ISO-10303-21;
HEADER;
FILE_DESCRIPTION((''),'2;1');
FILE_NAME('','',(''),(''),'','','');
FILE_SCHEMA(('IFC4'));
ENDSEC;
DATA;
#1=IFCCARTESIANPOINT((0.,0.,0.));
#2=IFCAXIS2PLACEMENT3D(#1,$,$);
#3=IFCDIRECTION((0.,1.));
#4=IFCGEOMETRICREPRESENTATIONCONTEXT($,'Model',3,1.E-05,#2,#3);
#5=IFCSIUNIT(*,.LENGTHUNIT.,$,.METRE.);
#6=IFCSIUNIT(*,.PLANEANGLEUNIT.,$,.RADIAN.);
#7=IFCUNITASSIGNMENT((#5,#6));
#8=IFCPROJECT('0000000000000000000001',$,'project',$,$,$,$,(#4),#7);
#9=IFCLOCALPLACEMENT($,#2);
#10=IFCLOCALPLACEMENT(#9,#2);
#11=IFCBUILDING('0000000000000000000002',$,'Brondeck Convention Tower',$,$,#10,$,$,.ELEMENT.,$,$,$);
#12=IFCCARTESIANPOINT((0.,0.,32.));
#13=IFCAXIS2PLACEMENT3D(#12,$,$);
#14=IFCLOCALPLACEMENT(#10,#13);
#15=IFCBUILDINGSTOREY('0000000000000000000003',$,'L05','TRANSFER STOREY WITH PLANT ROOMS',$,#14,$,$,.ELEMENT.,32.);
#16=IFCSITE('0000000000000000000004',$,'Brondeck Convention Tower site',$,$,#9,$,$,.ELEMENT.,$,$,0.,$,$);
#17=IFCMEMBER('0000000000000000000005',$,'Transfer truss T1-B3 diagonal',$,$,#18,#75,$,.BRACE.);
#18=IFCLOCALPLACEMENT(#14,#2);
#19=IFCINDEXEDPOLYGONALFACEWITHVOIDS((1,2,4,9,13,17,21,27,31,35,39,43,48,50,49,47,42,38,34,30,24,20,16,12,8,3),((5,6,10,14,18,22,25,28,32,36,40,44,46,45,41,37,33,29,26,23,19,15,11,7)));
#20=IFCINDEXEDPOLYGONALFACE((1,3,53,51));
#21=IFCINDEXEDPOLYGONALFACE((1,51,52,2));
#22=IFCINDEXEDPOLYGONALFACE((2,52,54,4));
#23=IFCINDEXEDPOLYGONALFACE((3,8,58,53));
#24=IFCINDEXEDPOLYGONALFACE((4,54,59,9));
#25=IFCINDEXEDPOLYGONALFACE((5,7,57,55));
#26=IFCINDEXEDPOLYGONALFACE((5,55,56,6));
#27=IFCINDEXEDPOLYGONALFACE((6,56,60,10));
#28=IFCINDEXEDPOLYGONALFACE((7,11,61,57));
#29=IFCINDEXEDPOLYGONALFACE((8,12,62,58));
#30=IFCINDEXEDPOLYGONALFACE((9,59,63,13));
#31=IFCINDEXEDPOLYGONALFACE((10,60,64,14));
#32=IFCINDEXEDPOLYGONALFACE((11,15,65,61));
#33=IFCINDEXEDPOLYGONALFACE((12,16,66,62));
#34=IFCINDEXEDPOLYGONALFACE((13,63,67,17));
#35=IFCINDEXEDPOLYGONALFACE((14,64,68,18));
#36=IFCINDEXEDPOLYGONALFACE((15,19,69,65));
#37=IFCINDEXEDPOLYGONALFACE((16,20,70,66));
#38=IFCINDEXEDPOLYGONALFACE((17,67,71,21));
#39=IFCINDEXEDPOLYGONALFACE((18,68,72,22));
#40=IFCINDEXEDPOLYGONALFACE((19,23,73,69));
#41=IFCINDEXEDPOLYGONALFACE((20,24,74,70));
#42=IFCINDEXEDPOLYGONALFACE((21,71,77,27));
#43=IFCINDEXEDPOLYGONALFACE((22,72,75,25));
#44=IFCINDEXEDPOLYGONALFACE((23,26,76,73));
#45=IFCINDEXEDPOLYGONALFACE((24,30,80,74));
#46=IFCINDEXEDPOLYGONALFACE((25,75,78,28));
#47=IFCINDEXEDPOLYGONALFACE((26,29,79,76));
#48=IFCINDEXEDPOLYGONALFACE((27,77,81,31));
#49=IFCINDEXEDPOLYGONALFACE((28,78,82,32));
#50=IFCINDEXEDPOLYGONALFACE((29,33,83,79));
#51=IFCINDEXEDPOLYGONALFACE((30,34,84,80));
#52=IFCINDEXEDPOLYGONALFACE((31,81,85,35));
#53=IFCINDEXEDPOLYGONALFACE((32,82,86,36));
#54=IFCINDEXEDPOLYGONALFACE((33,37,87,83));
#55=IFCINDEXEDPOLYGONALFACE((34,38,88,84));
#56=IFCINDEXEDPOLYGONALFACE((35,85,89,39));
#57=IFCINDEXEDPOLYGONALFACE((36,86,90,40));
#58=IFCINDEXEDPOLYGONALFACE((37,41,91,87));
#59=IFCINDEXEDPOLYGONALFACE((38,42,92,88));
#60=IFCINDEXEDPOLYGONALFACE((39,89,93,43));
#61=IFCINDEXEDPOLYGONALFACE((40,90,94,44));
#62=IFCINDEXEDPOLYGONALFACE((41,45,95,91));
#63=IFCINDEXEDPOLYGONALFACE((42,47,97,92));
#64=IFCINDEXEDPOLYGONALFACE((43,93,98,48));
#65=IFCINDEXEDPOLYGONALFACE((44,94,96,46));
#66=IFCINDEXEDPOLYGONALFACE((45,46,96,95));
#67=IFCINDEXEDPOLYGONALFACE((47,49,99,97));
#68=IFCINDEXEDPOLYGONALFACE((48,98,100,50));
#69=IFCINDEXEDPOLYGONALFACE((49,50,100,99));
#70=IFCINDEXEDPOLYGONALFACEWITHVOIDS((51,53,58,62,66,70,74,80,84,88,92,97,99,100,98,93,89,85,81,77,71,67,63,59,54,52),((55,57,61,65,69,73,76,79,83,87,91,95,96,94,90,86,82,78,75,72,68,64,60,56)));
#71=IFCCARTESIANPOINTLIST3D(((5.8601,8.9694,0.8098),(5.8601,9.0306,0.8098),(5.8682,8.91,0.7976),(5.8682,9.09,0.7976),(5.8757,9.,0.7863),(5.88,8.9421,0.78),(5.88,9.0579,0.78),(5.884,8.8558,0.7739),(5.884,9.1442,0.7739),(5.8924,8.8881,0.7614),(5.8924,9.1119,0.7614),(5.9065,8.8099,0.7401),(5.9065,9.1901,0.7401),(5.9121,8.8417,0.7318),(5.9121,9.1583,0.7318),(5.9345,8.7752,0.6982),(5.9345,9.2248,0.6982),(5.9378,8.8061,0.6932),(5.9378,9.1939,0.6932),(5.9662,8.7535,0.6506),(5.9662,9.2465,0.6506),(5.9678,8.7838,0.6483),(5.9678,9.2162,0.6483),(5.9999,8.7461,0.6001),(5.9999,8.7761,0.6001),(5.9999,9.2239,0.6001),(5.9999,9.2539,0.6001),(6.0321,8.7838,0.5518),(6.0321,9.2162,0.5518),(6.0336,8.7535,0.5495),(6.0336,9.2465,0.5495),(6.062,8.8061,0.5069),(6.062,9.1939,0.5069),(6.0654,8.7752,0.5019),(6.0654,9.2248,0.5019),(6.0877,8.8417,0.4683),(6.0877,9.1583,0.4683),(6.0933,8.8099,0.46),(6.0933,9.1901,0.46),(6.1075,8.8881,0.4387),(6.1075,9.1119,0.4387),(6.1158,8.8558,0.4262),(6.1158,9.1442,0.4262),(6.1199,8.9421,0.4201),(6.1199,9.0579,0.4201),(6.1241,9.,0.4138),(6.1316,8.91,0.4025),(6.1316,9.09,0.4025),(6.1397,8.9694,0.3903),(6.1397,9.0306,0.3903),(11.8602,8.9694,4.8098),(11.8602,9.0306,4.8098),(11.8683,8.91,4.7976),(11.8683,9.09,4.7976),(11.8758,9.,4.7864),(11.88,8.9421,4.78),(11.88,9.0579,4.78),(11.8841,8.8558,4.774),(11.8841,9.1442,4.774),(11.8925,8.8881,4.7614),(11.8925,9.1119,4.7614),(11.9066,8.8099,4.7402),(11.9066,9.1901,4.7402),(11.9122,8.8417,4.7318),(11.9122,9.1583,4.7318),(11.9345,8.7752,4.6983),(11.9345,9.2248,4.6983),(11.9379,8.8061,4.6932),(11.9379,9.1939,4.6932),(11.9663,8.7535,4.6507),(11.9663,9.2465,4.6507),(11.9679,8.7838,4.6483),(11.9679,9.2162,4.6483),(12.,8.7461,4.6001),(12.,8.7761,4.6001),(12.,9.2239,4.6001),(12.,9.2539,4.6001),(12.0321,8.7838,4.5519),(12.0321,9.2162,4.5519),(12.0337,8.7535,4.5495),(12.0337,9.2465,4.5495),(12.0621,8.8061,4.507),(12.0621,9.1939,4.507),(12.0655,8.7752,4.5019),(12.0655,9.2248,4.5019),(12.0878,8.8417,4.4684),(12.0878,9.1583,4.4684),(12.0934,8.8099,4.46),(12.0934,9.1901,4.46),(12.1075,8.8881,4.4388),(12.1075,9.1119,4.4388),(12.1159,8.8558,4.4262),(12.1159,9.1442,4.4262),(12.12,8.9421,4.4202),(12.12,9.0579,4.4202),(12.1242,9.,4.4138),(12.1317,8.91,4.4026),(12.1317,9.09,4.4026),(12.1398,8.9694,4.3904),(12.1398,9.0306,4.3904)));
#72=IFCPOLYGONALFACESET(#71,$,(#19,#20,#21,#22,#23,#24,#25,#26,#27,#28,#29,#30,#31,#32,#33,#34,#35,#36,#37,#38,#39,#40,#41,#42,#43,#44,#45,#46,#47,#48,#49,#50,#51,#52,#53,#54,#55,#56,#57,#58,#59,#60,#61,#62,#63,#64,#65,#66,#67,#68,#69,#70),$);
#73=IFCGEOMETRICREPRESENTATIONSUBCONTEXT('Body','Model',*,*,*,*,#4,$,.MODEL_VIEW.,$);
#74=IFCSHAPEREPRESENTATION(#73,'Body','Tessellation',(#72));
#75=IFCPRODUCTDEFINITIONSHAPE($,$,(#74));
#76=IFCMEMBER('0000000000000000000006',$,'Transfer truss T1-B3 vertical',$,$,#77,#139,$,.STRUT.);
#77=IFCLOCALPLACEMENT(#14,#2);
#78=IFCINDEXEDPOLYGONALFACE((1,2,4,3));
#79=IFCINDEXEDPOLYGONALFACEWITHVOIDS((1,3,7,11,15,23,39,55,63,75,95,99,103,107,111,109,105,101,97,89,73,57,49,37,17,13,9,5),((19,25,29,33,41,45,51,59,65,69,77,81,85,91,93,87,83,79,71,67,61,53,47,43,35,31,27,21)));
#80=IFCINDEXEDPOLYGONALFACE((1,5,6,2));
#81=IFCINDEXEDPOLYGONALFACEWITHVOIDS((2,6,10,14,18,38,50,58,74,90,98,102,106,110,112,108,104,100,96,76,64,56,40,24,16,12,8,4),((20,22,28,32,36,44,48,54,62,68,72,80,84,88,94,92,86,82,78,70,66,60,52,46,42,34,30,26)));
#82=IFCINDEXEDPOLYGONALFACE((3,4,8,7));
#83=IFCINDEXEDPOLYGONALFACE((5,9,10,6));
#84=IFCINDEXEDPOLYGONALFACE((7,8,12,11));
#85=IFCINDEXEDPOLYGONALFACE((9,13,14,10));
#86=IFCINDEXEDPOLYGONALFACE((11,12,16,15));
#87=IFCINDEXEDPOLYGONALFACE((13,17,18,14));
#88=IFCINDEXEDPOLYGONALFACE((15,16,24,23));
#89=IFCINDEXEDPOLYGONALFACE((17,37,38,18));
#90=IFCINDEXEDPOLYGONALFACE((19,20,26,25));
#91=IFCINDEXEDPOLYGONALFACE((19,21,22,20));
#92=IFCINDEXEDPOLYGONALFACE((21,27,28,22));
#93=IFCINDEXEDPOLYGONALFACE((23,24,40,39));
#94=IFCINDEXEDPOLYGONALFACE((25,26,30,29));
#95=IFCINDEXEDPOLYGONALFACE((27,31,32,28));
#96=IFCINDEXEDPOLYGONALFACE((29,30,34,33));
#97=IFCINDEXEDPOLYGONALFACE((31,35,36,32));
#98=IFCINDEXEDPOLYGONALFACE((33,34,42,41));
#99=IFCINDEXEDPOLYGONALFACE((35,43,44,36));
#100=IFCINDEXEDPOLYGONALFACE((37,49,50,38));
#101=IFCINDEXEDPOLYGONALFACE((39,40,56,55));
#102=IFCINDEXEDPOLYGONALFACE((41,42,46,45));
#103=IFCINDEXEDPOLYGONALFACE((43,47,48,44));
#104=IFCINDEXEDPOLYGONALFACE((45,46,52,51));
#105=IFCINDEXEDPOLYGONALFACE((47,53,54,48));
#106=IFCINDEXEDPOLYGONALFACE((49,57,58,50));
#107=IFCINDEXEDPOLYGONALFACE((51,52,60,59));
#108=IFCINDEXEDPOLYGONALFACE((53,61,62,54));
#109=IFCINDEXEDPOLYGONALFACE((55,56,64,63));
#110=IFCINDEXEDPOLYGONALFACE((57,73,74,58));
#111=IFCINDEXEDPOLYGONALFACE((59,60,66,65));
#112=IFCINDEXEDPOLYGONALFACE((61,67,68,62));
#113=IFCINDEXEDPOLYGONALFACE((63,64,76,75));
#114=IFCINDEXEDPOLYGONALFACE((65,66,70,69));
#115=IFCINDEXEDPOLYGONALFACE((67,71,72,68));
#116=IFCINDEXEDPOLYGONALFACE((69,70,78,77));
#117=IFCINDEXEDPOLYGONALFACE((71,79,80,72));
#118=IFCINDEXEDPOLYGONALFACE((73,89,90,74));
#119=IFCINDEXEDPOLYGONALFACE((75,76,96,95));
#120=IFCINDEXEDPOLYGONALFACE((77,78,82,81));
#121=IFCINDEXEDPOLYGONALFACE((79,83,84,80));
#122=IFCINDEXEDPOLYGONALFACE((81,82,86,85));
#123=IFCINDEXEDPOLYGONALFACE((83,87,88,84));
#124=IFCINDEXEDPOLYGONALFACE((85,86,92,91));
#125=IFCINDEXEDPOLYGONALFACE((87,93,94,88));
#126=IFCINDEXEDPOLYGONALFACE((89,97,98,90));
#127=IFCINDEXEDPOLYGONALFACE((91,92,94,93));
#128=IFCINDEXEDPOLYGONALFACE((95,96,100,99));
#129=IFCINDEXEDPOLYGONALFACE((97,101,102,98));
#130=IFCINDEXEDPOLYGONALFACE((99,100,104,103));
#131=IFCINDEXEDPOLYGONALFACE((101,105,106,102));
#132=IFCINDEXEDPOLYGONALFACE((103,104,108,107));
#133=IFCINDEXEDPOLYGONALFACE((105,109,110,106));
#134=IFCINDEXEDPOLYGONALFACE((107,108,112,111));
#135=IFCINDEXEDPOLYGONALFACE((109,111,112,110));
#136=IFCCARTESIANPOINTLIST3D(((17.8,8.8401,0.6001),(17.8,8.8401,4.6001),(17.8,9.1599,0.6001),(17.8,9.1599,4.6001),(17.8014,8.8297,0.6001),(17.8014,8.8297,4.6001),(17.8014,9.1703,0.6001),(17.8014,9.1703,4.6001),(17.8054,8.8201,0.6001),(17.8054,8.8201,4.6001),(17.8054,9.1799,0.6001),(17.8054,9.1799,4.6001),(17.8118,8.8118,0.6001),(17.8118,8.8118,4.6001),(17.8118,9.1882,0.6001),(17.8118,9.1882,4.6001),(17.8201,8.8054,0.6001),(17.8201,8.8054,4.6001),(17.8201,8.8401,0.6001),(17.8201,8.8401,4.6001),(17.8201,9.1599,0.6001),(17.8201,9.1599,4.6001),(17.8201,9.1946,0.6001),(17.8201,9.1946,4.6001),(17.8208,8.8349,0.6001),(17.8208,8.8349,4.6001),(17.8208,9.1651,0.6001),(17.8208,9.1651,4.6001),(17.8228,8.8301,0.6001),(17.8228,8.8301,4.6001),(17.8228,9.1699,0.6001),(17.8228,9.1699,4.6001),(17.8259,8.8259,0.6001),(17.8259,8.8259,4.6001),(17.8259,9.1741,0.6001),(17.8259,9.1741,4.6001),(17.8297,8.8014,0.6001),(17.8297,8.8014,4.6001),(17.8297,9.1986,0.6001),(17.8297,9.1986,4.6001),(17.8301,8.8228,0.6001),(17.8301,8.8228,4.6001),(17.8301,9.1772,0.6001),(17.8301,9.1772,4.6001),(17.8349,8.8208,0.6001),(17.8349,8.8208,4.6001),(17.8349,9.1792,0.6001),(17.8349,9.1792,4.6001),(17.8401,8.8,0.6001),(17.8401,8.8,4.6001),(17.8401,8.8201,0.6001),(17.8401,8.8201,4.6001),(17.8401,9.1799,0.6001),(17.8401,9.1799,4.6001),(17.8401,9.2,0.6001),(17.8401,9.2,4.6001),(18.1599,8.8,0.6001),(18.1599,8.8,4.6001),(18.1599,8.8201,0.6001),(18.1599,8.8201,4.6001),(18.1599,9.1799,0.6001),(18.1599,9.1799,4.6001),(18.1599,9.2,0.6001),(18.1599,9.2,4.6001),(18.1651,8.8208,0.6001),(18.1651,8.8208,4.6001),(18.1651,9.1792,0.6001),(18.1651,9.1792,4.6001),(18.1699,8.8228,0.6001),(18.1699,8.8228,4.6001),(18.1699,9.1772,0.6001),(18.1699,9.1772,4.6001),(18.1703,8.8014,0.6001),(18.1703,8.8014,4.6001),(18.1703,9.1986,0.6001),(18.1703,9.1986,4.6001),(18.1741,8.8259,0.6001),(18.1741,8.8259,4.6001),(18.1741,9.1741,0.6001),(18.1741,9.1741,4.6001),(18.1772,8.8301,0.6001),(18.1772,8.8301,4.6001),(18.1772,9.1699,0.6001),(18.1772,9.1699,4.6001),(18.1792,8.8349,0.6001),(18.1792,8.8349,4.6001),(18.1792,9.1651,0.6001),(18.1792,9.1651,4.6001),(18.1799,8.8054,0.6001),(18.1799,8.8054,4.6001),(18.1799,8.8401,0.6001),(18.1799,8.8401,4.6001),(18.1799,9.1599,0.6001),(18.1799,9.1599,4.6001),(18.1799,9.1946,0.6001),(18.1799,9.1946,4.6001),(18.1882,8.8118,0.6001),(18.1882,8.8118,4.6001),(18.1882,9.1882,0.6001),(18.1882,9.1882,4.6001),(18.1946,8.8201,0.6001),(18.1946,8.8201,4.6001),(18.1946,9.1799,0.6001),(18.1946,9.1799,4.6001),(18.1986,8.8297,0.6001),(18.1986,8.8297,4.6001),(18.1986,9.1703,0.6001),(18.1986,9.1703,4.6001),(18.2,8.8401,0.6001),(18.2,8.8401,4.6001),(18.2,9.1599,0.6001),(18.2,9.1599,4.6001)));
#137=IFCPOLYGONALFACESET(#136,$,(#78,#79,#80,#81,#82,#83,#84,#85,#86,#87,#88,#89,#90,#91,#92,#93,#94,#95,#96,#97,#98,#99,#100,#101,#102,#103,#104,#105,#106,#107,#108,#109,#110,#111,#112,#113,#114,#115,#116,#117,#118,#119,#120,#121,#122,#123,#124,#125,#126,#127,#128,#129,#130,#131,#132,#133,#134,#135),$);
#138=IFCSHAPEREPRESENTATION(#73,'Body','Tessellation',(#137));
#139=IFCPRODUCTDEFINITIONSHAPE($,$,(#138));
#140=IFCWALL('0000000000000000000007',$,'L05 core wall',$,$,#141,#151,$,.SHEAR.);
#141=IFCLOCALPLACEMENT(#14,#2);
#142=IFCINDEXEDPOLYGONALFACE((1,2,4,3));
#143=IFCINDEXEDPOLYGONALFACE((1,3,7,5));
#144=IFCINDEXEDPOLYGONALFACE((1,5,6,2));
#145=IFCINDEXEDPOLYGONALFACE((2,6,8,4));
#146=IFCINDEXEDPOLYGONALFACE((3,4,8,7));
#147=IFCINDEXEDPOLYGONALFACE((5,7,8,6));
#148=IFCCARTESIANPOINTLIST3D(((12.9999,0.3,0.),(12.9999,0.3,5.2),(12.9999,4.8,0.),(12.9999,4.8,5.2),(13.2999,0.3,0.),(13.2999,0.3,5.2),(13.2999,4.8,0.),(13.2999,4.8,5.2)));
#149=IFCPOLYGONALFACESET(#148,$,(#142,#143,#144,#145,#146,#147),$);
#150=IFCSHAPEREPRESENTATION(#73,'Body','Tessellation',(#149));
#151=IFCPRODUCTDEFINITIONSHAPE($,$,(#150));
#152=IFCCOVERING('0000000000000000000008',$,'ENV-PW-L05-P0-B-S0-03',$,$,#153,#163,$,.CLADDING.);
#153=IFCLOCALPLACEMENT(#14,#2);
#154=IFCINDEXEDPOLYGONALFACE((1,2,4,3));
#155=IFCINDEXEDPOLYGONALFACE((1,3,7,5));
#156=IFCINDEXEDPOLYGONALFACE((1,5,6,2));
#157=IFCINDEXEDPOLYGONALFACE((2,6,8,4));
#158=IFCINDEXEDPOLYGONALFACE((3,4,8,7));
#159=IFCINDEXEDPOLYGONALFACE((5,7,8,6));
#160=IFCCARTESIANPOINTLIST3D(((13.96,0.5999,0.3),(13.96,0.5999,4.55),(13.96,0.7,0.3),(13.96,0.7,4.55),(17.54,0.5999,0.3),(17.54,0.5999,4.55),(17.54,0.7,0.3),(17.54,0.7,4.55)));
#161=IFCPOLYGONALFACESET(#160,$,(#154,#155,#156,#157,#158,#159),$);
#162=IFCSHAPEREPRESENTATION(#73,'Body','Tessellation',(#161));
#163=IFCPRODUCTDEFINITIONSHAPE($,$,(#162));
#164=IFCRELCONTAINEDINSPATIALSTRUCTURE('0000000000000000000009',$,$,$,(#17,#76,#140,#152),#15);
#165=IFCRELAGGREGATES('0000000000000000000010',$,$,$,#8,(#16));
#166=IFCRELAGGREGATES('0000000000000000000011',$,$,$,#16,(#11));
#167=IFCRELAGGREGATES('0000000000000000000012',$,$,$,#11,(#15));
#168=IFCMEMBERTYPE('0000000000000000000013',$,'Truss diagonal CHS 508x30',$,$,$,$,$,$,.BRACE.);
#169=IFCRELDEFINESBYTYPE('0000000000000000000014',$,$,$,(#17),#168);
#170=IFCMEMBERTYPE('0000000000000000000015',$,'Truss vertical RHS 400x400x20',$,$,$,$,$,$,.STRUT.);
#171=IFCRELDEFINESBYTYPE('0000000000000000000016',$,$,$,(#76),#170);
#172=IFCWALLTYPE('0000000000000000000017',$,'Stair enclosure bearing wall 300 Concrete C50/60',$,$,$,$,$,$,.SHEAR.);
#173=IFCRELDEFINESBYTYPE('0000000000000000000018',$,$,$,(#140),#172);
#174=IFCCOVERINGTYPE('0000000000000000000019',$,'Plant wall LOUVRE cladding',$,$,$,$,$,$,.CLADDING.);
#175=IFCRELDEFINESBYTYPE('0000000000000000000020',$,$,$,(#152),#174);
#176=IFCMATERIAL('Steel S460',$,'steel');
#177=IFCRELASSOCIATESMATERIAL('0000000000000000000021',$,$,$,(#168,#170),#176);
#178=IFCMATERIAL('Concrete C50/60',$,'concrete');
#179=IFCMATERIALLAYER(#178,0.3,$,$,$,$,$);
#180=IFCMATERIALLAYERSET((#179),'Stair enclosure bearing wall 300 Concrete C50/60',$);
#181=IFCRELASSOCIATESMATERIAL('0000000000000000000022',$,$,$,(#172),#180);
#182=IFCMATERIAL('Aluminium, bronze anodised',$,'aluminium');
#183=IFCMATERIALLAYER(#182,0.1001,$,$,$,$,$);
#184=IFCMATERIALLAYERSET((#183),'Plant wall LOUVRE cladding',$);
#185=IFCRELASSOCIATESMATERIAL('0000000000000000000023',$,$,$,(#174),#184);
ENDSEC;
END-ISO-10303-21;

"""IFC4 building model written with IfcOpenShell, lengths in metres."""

from ifc_helpers import new_model, si_unit, direction, frame, frame_2d, origin, origin_2d, place, context, subcontext, project, spatial, rectangle, hollow_rectangle, hollow_circle, extrude, material, layer, layer_set, material_profile, profile_set, type_object, element, save


model = new_model("IFC4")

# Units and contexts
model_context = context("Model", 3, precision=1e-05, world=origin(), true_north=direction((0.0, 1.0)))
body_context = subcontext(model_context, "Body", "Model", "MODEL_VIEW")
ifc_project = project(units=[si_unit("LENGTHUNIT", "METRE"), si_unit("PLANEANGLEUNIT", "RADIAN")], contexts=[model_context])

# Site, building, storey
site_placement = place(None, origin())
site = spatial("IfcSite", under=ifc_project, at=site_placement, Name="Brondeck Convention Tower site", CompositionType="ELEMENT", RefElevation=0.0)
building_placement = place(site_placement, origin())
building = spatial("IfcBuilding", under=site, at=building_placement, Name="Brondeck Convention Tower", CompositionType="ELEMENT")
storey_placement = place(building_placement, frame((0.0, 0.0, 32.0)))
storey = spatial("IfcBuildingStorey", under=building, at=storey_placement, Name="L05", Description="TRANSFER STOREY WITH PLANT ROOMS", CompositionType="ELEMENT", Elevation=32.0)

# Shared definitions
ifc_material_1 = material(Name="Steel S460", Category="steel")

# Members
ifc_material_profile_1 = material_profile(ifc_material_1, hollow_circle(Radius=0.2539, WallThickness=0.03, at=origin_2d()), Name="CHS 508x30")
ifc_profile_set_1 = profile_set([ifc_material_profile_1], Name="Steel S460")
member_type_1 = type_object("IfcMemberType", Name="Truss diagonal CHS 508x30", PredefinedType="BRACE", material=ifc_profile_set_1)
for number, where, z_axis, x_axis, name in (
    (1, (12.0, 9.0, 4.6001), (-0.83205, 0.0, -0.5547), (0.0, -1.0, 0.0), "Transfer truss T1-B3 diagonal"),
):
    element("IfcMember", number, at=place(storey_placement, frame(where, z_axis=z_axis, x_axis=x_axis)), inside=storey, type_object=member_type_1, Name=name, PredefinedType="BRACE", context=body_context, shape_type="SweptSolid", body=[
        extrude(hollow_circle(Radius=0.2539, WallThickness=0.03, at=origin_2d()), origin(), (0.0, 0.0, 1.0), 7.2112),
    ])
ifc_material_profile_2 = material_profile(ifc_material_1, hollow_rectangle(XDim=0.3999, YDim=0.3999, WallThickness=0.02, InnerFilletRadius=0.02, OuterFilletRadius=0.04, at=origin_2d()), Name="RHS 400x400x20")
ifc_profile_set_2 = profile_set([ifc_material_profile_2], Name="Steel S460")
member_type_2 = type_object("IfcMemberType", Name="Truss vertical RHS 400x400x20", PredefinedType="STRUT", material=ifc_profile_set_2)
member_placement = place(storey_placement, frame((18.0, 9.0, 0.6001), z_axis=(0.0, 0.0, 1.0), x_axis=(1.0, 0.0, 0.0)))
element("IfcMember", 2, at=member_placement, inside=storey, type_object=member_type_2, Name="Transfer truss T1-B3 vertical", PredefinedType="STRUT", context=body_context, shape_type="SweptSolid", body=[
    extrude(hollow_rectangle(XDim=0.3999, YDim=0.3999, WallThickness=0.02, InnerFilletRadius=0.02, OuterFilletRadius=0.04, at=origin_2d()), origin(), (0.0, 0.0, 1.0), 4.0),
])

# Wall
ifc_material_2 = material(Name="Concrete C50/60", Category="concrete")
ifc_layer_1 = layer(ifc_material_2, 0.3)
ifc_layer_set_1 = layer_set([ifc_layer_1], Name="Stair enclosure bearing wall 300 Concrete C50/60")
wall_type = type_object("IfcWallType", Name="Stair enclosure bearing wall 300 Concrete C50/60", PredefinedType="SHEAR", material=ifc_layer_set_1)
wall_placement = place(storey_placement, frame((13.1499, 0.3, 0.0), z_axis=(0.0, 0.0, 1.0), x_axis=(0.0, 1.0, 0.0)))
element("IfcWall", 3, at=wall_placement, inside=storey, type_object=wall_type, Name="L05 core wall", PredefinedType="SHEAR", context=body_context, shape_type="SweptSolid", body=[
    extrude(rectangle(XDim=4.5, YDim=0.3, at=frame_2d((2.25, 0.0))), origin(), (0.0, 0.0, 1.0), 5.2),
])

# Covering
ifc_material_3 = material(Name="Aluminium, bronze anodised", Category="aluminium")
ifc_layer_2 = layer(ifc_material_3, 0.1001)
ifc_layer_set_2 = layer_set([ifc_layer_2], Name="Plant wall LOUVRE cladding")
covering_type = type_object("IfcCoveringType", Name="Plant wall LOUVRE cladding", PredefinedType="CLADDING", material=ifc_layer_set_2)
covering_placement = place(storey_placement, frame((15.75, 0.6499, 0.3), z_axis=(0.0, 0.0, 1.0), x_axis=(1.0, 0.0, 0.0)))
element("IfcCovering", 4, at=covering_placement, inside=storey, type_object=covering_type, Name="ENV-PW-L05-P0-B-S0-03", PredefinedType="CLADDING", context=body_context, shape_type="SweptSolid", body=[
    extrude(rectangle(XDim=3.5801, YDim=0.1001, at=origin_2d()), origin(), (0.0, 0.0, 1.0), 4.25),
])

save(model, "model.ifc")
